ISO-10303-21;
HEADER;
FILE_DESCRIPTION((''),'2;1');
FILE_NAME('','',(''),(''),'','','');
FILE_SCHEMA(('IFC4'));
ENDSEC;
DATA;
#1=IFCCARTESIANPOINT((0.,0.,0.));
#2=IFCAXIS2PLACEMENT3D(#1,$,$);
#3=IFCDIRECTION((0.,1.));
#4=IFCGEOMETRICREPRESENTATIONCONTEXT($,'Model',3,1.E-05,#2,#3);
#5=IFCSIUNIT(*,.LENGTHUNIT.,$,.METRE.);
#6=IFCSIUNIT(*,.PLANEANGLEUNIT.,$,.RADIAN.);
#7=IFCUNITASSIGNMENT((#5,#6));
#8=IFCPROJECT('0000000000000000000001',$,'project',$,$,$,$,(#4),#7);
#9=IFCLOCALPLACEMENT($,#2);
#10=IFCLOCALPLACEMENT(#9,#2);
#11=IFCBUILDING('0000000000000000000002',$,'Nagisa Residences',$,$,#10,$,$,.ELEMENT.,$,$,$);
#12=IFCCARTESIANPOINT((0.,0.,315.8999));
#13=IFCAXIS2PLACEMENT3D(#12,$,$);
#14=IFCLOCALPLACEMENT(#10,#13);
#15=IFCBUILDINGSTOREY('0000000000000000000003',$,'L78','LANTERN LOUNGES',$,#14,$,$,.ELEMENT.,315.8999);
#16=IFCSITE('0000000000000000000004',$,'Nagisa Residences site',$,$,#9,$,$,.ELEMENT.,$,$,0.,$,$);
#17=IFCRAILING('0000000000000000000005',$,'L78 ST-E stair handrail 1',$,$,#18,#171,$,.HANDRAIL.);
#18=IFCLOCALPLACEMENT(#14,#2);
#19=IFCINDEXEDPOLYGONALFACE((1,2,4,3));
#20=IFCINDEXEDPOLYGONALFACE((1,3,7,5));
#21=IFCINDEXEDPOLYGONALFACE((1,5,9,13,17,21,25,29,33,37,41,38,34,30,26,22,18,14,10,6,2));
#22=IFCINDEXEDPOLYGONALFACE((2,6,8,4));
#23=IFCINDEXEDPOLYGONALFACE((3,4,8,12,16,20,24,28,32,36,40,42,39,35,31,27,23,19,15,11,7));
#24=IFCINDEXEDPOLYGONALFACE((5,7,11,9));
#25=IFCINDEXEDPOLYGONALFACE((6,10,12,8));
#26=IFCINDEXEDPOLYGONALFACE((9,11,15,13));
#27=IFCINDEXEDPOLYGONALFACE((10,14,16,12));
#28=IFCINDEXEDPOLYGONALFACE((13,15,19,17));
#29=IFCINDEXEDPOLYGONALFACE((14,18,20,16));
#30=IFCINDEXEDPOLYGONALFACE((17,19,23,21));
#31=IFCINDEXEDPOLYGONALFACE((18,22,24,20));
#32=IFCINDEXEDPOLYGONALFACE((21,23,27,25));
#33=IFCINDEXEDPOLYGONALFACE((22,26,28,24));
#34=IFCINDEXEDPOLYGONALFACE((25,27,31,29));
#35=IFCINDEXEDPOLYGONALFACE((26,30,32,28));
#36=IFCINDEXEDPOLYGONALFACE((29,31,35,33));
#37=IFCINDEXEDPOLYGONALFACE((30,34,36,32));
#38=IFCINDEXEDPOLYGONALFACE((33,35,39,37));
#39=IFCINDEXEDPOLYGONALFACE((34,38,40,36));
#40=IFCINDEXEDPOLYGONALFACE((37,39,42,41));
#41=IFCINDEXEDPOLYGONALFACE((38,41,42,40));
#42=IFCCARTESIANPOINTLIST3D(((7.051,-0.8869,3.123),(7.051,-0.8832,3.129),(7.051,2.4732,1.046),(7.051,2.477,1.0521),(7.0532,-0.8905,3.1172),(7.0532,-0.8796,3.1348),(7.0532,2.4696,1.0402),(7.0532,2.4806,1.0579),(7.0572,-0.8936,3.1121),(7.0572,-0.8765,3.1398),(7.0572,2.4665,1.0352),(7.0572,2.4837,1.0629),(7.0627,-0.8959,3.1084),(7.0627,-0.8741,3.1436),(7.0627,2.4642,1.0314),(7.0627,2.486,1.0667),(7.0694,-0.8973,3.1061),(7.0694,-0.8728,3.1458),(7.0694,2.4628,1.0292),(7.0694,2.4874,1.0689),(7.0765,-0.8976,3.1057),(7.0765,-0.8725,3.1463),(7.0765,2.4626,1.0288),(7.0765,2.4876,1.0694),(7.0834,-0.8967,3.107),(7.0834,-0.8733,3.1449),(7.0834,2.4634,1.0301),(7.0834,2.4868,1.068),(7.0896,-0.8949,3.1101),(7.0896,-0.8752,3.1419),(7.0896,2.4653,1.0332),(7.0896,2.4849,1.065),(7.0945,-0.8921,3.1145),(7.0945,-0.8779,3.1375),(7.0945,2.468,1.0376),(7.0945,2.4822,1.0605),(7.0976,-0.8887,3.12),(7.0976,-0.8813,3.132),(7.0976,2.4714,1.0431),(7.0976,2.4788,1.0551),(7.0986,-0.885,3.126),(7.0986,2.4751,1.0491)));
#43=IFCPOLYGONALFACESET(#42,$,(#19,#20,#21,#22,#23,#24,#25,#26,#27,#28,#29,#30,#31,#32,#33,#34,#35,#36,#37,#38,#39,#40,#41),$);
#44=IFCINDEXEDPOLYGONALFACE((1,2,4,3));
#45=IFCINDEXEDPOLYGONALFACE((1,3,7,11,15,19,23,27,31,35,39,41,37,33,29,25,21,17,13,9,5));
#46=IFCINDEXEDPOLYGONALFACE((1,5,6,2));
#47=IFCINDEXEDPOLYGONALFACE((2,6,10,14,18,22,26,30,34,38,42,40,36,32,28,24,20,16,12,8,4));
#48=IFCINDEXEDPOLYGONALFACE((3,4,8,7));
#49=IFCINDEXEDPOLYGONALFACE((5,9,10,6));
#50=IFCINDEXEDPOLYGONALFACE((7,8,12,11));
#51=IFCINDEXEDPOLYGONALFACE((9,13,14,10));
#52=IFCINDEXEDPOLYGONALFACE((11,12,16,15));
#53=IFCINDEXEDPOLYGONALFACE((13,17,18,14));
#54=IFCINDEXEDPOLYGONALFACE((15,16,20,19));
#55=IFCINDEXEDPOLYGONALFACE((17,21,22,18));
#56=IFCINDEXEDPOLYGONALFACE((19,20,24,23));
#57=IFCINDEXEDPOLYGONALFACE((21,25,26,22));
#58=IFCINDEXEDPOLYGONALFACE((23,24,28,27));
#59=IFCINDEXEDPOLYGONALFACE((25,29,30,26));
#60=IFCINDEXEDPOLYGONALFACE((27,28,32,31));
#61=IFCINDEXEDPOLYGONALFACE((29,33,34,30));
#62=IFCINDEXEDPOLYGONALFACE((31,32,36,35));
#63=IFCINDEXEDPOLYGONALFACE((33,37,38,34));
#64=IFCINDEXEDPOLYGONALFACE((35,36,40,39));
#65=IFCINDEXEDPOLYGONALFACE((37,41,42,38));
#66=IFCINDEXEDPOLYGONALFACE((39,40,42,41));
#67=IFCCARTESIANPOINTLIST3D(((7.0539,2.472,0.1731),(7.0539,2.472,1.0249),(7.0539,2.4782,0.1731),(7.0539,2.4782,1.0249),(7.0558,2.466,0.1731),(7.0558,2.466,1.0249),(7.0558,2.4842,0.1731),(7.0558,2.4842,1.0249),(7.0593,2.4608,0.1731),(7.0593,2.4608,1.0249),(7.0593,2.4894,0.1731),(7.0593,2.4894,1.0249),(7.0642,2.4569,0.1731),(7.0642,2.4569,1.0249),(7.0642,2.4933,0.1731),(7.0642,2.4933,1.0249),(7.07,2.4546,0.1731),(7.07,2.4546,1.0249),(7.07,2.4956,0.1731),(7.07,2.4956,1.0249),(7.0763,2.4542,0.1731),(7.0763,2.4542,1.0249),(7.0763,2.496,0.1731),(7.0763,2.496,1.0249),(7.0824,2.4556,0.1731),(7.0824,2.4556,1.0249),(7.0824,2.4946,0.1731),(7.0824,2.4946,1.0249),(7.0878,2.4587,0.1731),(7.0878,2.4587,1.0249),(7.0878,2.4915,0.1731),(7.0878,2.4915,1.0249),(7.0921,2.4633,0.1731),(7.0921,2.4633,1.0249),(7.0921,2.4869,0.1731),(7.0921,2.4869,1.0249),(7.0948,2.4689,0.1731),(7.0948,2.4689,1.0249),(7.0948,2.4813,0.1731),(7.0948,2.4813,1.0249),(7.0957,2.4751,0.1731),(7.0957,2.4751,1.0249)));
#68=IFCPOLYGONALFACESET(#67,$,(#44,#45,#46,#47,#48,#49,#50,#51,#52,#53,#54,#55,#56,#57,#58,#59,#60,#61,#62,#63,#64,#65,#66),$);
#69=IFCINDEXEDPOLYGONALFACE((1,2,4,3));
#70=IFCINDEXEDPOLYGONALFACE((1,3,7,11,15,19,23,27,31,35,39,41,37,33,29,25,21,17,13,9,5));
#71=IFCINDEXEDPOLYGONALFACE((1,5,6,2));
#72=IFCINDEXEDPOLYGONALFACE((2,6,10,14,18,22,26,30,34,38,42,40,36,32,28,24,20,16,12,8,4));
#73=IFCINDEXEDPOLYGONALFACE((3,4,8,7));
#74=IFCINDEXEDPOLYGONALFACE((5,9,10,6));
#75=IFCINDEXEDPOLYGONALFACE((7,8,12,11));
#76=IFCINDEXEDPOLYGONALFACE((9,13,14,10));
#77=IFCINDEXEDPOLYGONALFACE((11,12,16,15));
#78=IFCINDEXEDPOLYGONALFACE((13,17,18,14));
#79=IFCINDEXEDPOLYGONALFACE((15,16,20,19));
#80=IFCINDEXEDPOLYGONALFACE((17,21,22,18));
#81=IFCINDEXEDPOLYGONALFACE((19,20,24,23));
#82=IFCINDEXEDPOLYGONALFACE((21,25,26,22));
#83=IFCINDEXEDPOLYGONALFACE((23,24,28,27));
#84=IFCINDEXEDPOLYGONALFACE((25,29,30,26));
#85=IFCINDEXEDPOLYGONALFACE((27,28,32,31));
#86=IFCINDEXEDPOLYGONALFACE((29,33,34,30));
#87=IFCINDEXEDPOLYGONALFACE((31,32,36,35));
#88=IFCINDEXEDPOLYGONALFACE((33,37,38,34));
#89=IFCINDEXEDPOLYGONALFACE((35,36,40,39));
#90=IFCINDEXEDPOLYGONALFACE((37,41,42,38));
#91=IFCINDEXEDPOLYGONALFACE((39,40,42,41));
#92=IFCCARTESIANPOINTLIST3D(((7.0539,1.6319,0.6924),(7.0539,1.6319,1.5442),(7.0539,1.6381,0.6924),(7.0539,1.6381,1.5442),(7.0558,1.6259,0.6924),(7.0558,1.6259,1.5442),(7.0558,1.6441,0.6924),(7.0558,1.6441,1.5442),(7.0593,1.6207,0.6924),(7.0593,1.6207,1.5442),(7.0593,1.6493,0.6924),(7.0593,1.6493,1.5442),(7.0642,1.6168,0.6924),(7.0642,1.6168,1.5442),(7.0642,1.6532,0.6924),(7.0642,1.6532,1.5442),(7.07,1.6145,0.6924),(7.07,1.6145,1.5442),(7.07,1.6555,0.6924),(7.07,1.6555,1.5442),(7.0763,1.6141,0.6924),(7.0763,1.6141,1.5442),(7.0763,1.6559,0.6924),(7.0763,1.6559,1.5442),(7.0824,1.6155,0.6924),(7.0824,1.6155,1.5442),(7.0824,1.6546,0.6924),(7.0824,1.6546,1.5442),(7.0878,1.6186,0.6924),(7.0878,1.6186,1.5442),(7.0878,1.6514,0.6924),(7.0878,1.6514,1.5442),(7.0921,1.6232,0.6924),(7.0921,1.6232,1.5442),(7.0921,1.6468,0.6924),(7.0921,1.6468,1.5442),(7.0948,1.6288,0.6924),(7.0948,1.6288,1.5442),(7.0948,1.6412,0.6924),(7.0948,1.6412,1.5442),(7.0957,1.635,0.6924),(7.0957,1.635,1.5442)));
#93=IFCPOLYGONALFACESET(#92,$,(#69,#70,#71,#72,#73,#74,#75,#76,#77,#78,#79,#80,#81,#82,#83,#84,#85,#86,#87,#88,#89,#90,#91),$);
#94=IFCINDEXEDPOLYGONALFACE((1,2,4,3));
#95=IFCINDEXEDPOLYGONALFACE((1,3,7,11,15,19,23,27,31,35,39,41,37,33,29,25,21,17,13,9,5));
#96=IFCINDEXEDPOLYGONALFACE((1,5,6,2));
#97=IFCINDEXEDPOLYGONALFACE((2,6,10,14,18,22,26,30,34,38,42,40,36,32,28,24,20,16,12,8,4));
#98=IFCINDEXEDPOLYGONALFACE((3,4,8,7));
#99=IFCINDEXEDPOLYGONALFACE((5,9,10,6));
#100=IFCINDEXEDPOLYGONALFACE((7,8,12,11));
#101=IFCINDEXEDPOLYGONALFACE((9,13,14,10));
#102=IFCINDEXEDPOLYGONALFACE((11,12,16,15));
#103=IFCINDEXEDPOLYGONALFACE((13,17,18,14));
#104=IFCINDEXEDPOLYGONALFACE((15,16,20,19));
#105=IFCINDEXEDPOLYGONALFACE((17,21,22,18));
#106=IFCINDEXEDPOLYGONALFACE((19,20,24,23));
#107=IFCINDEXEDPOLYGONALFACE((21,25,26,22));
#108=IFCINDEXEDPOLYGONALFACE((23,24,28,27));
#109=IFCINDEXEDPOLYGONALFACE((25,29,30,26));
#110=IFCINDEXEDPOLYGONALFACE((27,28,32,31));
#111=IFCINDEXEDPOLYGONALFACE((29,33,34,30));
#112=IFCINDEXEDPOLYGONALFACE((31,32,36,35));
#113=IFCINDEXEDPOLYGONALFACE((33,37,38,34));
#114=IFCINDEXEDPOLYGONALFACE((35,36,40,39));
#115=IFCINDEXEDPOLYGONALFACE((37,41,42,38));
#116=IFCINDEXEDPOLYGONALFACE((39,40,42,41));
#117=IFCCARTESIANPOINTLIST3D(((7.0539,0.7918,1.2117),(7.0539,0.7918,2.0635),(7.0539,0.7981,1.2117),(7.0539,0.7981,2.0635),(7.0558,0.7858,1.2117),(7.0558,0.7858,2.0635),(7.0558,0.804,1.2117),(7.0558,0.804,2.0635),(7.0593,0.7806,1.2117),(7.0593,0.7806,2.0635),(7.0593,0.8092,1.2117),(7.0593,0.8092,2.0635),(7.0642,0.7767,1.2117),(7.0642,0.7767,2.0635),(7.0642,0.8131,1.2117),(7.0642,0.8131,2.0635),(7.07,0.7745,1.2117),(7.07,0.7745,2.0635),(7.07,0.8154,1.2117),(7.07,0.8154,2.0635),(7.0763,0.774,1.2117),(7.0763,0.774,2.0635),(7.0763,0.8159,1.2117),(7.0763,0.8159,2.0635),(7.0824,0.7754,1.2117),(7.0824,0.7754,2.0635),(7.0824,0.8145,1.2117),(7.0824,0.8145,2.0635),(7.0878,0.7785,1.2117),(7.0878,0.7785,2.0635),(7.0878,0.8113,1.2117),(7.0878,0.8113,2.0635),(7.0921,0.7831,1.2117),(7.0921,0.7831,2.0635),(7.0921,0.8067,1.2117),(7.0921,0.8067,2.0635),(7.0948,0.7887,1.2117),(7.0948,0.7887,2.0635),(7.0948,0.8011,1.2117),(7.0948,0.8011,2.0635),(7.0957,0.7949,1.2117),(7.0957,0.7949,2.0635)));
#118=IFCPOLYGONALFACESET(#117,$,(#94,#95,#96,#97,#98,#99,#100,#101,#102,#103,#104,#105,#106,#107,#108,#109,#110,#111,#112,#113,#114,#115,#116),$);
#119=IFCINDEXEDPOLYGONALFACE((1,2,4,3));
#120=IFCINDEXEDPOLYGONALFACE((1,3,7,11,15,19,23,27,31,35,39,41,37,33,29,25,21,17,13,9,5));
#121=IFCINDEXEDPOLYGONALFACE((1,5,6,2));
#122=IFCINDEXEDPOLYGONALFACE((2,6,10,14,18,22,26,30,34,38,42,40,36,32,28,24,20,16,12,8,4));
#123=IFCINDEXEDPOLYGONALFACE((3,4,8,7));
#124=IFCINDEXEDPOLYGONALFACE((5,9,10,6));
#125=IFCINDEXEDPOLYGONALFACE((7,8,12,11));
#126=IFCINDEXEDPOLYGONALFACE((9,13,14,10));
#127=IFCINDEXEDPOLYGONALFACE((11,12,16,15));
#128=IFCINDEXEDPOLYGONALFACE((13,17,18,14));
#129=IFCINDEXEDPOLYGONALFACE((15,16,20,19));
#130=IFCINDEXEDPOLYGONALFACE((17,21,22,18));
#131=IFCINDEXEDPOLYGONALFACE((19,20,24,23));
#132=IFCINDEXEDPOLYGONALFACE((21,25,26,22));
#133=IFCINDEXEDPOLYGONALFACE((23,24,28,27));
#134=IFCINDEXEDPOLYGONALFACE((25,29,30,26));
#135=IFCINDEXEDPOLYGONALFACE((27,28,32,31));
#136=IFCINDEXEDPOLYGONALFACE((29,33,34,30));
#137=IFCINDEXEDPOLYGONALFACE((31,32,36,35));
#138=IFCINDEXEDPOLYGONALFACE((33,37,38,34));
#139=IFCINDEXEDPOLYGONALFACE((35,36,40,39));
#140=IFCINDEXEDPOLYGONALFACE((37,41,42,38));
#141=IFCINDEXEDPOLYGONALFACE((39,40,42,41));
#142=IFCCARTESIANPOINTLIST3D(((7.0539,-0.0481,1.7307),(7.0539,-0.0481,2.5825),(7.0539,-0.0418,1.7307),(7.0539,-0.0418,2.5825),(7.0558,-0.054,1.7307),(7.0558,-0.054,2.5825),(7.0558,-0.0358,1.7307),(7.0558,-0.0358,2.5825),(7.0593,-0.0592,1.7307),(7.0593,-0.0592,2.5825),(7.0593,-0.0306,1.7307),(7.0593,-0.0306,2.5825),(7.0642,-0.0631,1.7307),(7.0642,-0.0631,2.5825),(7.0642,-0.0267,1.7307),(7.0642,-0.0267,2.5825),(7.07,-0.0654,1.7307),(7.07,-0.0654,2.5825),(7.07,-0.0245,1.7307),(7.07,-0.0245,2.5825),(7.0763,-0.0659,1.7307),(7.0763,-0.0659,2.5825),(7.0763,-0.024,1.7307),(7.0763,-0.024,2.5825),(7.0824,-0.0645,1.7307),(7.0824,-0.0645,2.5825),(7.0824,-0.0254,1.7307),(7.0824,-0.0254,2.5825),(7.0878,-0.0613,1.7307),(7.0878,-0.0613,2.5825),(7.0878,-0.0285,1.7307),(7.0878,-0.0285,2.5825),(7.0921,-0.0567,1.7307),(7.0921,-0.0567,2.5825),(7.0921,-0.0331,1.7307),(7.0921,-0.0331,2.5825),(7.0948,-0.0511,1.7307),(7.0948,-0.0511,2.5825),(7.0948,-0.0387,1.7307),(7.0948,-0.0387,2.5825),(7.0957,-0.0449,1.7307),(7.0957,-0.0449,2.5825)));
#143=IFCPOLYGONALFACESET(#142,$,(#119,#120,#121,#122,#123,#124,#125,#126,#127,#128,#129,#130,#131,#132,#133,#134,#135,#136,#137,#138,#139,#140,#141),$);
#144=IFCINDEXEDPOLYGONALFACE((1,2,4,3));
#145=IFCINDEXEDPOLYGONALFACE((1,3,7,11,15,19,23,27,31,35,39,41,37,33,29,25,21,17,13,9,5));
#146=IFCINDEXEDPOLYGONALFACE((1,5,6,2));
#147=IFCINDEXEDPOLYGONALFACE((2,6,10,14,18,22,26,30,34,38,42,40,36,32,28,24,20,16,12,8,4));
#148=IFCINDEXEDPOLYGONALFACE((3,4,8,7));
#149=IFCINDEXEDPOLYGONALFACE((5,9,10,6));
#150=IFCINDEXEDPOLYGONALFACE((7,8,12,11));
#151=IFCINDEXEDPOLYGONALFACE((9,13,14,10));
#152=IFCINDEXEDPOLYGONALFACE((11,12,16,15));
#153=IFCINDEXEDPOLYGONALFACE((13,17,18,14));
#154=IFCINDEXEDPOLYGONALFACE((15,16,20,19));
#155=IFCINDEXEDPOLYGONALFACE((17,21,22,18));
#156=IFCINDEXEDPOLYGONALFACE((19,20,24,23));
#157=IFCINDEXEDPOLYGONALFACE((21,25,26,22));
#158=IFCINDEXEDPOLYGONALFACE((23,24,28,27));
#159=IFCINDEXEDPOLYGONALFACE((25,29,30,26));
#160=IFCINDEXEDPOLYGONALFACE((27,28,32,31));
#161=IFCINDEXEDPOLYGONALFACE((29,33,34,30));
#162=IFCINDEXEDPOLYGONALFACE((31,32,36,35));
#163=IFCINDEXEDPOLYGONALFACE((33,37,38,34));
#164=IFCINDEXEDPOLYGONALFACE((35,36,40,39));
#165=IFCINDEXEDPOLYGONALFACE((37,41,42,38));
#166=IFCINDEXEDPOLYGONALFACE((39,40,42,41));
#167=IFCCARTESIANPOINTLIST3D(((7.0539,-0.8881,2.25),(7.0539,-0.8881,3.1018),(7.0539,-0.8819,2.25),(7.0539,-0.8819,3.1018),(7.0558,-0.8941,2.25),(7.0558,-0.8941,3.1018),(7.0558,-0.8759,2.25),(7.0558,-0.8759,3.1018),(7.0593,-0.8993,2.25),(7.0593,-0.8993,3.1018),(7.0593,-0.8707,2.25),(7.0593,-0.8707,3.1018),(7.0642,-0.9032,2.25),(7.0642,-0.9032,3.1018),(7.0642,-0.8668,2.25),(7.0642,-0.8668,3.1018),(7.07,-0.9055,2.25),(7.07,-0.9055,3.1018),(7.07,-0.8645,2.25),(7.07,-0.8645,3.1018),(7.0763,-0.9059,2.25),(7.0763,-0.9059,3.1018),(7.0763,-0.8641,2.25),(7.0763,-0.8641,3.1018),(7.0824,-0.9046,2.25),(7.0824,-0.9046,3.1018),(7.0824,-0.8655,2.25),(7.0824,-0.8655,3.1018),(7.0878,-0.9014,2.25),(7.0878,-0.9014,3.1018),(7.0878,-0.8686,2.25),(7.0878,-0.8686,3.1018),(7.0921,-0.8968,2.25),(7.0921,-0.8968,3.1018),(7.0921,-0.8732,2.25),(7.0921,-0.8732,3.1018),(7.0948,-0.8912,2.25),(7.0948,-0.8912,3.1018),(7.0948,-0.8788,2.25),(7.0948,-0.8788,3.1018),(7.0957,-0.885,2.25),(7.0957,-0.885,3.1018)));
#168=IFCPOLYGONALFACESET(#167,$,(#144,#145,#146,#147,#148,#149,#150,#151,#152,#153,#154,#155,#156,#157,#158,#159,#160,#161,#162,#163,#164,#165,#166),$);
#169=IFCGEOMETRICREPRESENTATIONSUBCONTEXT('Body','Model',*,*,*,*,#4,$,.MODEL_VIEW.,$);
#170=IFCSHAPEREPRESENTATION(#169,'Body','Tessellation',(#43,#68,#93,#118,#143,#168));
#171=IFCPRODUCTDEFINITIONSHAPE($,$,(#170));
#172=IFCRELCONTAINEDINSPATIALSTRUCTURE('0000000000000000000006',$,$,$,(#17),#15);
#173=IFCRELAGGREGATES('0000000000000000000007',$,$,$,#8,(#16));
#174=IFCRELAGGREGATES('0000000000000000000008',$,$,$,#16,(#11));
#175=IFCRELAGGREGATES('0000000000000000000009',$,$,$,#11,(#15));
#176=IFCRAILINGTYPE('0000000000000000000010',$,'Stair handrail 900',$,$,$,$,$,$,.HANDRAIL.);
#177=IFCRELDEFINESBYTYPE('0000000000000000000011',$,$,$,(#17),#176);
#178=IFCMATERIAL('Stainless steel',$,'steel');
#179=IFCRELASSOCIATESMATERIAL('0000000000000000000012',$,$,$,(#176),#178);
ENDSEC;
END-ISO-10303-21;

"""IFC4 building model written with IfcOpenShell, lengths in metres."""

from ifc_helpers import new_model, si_unit, direction, frame, origin, origin_2d, place, context, subcontext, project, spatial, circle, extrude, material, type_object, element, save


model = new_model("IFC4")

# Units and contexts
model_context = context("Model", 3, precision=1e-05, world=origin(), true_north=direction((0.0, 1.0)))
body_context = subcontext(model_context, "Body", "Model", "MODEL_VIEW")
ifc_project = project(units=[si_unit("LENGTHUNIT", "METRE"), si_unit("PLANEANGLEUNIT", "RADIAN")], contexts=[model_context])

# Site, building, storey
site_placement = place(None, origin())
site = spatial("IfcSite", under=ifc_project, at=site_placement, Name="Nagisa Residences site", CompositionType="ELEMENT", RefElevation=0.0)
building_placement = place(site_placement, origin())
building = spatial("IfcBuilding", under=site, at=building_placement, Name="Nagisa Residences", CompositionType="ELEMENT")
storey_placement = place(building_placement, frame((0.0, 0.0, 315.8999)))
storey = spatial("IfcBuildingStorey", under=building, at=storey_placement, Name="L78", Description="LANTERN LOUNGES", CompositionType="ELEMENT", Elevation=315.8999)

# Railing
ifc_material_1 = material(Name="Stainless steel", Category="steel")
railing_type_1 = type_object("IfcRailingType", Name="Stair handrail 900", PredefinedType="HANDRAIL", material=ifc_material_1)
railing_1_placement = place(storey_placement, frame((7.0747, 2.4751, 0.1731)))
element("IfcRailing", 1, at=railing_1_placement, inside=storey, type_object=railing_type_1, Name="L78 ST-E stair handrail 1", PredefinedType="HANDRAIL", context=body_context, shape_type="SweptSolid", body=[
    extrude(circle(Radius=0.0239, at=origin_2d()), frame((0.0, 0.0, 0.876), z_axis=(0.0, -0.850623, 0.525776), x_axis=(1.0, 0.0, 0.0)), (0.0, 0.0, 1.0), 3.9502),
    extrude(circle(Radius=0.021, at=origin_2d()), origin(), (0.0, 0.0, 1.0), 0.8518),
    extrude(circle(Radius=0.021, at=origin_2d()), frame((0.0, -0.8401, 0.5193)), (0.0, 0.0, 1.0), 0.8518),
    extrude(circle(Radius=0.021, at=origin_2d()), frame((0.0, -1.6802, 1.0386)), (0.0, 0.0, 1.0), 0.8518),
    extrude(circle(Radius=0.021, at=origin_2d()), frame((0.0, -2.52, 1.5576)), (0.0, 0.0, 1.0), 0.8518),
    extrude(circle(Radius=0.021, at=origin_2d()), frame((0.0, -3.3601, 2.0769)), (0.0, 0.0, 1.0), 0.8518),
])

save(model, "model.ifc")
